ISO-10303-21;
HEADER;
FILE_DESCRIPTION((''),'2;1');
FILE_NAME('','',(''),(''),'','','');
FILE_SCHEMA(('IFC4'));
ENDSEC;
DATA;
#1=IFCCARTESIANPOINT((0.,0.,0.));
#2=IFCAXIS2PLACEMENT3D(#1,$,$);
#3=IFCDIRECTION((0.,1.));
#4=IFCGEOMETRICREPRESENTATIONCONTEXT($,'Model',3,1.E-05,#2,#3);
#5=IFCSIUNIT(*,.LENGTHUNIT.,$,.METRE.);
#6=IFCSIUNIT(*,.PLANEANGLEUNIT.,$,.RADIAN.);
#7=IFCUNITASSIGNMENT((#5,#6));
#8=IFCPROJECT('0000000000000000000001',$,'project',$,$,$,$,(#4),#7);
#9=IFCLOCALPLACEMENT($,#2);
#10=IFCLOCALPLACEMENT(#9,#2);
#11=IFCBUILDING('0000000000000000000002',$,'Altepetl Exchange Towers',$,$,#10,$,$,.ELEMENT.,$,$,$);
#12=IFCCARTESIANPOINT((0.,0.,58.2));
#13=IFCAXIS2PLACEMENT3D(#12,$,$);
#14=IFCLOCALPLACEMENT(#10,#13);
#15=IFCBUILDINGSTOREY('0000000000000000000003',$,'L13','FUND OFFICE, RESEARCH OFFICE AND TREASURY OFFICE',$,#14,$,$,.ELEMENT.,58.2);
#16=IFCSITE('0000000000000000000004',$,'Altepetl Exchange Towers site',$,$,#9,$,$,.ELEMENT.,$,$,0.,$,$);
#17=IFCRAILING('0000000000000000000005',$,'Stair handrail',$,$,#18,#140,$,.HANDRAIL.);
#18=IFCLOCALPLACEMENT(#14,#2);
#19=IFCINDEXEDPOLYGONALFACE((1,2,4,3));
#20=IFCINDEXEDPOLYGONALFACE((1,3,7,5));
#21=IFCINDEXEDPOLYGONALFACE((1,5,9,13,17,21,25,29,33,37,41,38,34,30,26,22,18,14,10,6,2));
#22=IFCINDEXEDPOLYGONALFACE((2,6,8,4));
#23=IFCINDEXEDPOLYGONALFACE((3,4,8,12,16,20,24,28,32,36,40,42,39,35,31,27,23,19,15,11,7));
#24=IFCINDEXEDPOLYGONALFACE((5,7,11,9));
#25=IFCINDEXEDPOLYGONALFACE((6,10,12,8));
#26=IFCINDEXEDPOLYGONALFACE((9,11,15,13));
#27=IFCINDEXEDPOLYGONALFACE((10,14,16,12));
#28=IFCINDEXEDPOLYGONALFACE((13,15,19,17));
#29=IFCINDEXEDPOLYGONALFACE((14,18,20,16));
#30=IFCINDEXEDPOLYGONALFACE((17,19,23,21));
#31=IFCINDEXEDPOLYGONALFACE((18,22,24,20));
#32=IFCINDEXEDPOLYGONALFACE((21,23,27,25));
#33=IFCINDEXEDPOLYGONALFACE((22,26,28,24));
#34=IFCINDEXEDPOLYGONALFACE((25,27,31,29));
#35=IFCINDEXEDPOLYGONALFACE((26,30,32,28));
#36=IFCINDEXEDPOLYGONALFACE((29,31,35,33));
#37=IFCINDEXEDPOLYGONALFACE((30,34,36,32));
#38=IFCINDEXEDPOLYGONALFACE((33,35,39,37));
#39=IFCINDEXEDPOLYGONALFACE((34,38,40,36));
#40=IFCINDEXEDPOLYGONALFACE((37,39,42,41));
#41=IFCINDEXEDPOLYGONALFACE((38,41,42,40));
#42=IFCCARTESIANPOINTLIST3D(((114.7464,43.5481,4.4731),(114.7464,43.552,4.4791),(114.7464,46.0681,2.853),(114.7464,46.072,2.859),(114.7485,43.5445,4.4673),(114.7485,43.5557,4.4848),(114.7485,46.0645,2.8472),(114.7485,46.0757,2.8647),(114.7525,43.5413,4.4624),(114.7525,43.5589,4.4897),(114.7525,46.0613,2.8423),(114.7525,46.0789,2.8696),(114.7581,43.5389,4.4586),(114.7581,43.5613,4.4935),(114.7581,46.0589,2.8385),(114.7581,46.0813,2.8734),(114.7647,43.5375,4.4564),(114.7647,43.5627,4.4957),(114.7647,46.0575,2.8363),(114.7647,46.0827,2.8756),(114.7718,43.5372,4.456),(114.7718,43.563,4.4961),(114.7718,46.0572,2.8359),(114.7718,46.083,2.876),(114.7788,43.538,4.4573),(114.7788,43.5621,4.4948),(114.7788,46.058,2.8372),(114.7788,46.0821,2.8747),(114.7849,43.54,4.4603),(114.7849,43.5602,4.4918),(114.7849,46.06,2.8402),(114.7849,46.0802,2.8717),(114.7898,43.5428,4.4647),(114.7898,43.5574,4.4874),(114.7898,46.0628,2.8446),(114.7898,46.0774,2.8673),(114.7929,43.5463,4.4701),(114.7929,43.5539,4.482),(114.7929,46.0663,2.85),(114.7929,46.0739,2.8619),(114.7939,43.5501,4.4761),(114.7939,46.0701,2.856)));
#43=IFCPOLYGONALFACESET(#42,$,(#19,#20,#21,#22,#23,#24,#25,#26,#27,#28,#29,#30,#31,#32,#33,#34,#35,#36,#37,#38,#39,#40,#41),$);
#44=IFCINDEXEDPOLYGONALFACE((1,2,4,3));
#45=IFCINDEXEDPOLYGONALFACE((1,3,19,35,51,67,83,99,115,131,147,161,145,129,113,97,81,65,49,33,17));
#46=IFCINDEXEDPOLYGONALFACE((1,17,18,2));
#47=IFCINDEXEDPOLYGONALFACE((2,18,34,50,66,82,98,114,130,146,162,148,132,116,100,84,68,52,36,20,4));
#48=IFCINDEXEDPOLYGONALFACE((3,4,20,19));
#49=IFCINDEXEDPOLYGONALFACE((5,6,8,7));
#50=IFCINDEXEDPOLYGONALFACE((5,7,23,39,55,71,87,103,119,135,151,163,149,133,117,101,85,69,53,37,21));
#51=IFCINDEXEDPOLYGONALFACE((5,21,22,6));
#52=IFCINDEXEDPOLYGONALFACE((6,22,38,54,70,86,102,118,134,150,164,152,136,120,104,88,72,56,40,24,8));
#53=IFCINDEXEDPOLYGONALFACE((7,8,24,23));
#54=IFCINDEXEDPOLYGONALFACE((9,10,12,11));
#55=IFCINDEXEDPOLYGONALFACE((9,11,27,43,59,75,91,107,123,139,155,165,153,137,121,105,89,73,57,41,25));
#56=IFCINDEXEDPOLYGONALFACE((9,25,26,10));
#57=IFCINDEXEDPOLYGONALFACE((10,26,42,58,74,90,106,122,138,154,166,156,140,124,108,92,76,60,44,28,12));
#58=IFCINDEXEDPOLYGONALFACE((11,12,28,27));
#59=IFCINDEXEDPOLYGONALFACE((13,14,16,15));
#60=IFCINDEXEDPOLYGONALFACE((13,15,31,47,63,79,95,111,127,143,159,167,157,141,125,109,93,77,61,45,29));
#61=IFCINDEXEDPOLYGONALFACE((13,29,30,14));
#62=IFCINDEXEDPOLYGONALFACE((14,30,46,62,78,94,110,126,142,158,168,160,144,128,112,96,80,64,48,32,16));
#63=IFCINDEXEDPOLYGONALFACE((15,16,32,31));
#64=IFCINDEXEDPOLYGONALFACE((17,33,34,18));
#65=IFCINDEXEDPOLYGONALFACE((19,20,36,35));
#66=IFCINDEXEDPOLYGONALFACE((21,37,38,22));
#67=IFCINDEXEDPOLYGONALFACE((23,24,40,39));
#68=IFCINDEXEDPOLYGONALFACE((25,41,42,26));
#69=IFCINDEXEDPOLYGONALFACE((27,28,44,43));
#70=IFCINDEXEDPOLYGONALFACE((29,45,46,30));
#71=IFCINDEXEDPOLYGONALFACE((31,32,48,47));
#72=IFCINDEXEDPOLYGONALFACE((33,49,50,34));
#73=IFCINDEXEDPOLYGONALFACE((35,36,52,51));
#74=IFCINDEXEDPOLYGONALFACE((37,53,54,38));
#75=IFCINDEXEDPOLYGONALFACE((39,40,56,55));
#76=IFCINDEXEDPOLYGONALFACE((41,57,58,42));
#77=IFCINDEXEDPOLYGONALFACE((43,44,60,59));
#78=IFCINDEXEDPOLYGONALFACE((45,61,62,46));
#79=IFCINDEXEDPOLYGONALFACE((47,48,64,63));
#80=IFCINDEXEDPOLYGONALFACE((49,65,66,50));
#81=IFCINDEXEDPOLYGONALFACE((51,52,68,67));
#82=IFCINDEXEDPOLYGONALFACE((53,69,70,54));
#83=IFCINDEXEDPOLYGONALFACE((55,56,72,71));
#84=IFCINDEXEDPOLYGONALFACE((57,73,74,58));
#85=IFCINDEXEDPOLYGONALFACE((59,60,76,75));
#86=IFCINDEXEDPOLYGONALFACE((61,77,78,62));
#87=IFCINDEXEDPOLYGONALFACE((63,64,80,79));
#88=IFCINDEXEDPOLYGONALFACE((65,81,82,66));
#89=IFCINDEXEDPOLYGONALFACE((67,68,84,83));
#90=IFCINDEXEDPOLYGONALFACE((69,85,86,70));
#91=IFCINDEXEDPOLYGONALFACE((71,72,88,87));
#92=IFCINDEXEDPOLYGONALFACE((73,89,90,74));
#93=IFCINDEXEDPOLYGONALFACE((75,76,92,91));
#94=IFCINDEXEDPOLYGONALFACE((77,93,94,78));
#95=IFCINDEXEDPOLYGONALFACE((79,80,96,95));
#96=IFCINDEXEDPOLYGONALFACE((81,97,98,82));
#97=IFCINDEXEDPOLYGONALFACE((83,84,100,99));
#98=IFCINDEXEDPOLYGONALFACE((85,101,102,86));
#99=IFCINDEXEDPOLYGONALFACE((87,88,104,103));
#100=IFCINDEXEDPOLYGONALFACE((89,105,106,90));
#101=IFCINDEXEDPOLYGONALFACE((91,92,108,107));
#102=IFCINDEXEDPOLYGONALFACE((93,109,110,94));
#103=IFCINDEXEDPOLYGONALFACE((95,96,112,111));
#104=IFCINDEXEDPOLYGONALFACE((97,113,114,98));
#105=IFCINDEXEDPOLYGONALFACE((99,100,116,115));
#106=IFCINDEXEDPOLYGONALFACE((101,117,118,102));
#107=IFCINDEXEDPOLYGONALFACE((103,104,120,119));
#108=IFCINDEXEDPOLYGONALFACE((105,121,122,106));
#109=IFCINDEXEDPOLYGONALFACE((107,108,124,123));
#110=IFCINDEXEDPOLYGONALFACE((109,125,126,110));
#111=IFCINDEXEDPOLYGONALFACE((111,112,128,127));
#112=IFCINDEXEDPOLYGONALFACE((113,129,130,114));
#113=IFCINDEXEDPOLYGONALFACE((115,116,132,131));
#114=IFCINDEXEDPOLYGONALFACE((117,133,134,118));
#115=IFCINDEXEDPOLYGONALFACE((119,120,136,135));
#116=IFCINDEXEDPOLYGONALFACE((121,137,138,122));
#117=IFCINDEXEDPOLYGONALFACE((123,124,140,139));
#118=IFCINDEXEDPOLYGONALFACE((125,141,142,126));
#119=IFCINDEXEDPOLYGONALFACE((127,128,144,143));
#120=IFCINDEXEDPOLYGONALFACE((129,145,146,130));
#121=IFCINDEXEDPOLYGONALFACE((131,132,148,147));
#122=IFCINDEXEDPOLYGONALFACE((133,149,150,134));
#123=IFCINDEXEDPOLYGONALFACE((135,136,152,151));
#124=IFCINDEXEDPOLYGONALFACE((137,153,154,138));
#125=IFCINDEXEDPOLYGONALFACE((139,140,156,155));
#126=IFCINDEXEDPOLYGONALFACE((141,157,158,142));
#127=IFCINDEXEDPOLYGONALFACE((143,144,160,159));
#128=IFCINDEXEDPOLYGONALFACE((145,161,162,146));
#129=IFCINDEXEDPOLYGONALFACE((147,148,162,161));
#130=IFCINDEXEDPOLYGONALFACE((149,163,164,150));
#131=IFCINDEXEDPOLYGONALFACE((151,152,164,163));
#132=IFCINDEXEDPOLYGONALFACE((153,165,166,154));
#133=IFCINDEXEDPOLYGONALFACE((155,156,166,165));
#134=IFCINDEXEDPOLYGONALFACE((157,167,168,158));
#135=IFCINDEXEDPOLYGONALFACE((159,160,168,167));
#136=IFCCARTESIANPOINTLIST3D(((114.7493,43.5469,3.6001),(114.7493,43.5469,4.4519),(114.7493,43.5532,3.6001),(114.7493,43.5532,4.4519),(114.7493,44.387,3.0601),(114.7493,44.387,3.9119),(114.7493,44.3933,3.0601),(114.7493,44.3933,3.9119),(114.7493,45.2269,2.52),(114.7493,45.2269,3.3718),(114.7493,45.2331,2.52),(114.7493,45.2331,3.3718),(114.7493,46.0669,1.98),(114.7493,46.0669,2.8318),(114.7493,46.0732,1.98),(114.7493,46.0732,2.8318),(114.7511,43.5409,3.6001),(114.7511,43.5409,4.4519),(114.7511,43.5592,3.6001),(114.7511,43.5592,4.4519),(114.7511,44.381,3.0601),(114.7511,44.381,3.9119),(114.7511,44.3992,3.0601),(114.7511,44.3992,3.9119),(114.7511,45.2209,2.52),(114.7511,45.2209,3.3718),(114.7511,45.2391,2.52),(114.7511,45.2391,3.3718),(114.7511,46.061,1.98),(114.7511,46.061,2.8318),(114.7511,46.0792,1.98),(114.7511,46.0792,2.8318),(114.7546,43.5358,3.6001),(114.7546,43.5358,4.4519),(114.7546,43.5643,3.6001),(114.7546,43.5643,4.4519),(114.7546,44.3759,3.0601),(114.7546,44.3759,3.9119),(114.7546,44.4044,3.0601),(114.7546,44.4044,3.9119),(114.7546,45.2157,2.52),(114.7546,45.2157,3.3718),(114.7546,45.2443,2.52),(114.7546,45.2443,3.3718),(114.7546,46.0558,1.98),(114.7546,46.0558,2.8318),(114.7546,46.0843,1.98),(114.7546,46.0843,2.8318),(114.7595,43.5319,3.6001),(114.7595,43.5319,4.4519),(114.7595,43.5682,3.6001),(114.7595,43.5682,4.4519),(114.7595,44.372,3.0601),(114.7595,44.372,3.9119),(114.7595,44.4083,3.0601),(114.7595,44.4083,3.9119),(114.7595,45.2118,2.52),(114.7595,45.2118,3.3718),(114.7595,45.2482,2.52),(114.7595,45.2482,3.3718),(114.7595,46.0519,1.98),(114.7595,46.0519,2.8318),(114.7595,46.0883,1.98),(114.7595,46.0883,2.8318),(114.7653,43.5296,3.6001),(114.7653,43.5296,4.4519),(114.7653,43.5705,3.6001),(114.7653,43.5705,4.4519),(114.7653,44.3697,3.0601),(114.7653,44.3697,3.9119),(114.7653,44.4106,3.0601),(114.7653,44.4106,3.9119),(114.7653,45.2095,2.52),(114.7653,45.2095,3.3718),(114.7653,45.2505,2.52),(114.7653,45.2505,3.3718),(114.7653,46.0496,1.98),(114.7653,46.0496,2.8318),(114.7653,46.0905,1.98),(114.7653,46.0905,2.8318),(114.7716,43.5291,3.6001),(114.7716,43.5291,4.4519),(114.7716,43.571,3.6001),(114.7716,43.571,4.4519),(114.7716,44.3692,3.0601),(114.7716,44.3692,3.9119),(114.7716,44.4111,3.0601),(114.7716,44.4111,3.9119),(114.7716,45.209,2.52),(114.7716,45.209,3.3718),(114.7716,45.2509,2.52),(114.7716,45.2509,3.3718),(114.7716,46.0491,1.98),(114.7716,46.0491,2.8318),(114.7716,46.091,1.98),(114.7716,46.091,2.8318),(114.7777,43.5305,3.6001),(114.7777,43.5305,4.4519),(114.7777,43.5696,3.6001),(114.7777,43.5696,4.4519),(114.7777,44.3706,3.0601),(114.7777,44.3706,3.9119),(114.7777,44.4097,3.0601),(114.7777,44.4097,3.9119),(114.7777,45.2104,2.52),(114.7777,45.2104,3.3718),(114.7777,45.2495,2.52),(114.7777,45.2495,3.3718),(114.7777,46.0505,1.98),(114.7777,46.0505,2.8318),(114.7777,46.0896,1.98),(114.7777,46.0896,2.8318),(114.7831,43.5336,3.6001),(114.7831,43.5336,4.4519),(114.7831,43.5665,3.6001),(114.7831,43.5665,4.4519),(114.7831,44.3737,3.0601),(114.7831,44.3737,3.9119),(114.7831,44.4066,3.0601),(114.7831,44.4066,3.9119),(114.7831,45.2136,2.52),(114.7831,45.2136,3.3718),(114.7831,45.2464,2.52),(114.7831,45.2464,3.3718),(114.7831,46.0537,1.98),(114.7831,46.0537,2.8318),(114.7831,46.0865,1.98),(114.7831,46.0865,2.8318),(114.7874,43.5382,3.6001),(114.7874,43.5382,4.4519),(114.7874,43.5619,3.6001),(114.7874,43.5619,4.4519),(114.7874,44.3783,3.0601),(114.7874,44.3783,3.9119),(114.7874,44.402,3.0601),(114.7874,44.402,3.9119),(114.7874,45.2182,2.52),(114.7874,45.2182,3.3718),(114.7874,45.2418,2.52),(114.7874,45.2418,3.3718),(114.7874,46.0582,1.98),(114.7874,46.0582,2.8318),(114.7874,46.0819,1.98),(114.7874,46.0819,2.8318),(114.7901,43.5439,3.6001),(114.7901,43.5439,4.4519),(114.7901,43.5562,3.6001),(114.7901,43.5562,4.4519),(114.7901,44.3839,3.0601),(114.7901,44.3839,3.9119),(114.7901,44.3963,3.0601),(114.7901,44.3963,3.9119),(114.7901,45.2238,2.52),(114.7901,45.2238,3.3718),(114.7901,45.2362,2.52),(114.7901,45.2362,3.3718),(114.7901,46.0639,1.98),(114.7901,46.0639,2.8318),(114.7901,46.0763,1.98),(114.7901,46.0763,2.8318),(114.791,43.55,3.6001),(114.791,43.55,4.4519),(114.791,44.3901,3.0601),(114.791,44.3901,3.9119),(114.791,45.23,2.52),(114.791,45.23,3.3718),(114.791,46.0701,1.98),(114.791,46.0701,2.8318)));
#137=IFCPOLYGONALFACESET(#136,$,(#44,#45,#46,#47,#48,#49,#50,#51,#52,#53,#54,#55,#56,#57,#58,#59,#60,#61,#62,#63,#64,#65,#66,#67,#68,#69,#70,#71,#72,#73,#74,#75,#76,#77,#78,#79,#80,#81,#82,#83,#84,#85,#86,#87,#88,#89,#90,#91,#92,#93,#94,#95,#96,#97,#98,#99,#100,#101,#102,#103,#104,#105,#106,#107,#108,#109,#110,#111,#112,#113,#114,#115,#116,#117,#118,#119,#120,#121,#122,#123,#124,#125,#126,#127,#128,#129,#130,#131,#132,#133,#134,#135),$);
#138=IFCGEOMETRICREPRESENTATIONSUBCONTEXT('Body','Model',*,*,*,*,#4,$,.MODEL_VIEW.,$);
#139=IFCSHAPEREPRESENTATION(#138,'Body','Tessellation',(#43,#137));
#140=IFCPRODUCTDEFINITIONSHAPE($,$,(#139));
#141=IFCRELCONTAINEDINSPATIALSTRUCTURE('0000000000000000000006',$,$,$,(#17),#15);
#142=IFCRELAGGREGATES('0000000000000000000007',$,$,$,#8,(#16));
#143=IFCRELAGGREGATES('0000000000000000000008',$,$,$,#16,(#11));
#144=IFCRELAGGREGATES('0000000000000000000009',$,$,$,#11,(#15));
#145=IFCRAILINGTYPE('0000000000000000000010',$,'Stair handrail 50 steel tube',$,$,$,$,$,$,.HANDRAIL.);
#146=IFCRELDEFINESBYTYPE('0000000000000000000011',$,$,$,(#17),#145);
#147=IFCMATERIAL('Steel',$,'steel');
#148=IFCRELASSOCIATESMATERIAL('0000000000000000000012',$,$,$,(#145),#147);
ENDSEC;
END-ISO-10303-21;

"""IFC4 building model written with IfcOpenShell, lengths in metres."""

from ifc_helpers import new_model, si_unit, direction, frame, origin, origin_2d, place, context, subcontext, project, spatial, circle, extrude, source, transform, mapped, material, type_object, element, save


model = new_model("IFC4")

# Units and contexts
model_context = context("Model", 3, precision=1e-05, world=origin(), true_north=direction((0.0, 1.0)))
body_context = subcontext(model_context, "Body", "Model", "MODEL_VIEW")
ifc_project = project(units=[si_unit("LENGTHUNIT", "METRE"), si_unit("PLANEANGLEUNIT", "RADIAN")], contexts=[model_context])

# Site, building, storey
site_placement = place(None, origin())
site = spatial("IfcSite", under=ifc_project, at=site_placement, Name="Altepetl Exchange Towers site", CompositionType="ELEMENT", RefElevation=0.0)
building_placement = place(site_placement, origin())
building = spatial("IfcBuilding", under=site, at=building_placement, Name="Altepetl Exchange Towers", CompositionType="ELEMENT")
storey_placement = place(building_placement, frame((0.0, 0.0, 58.2)))
storey = spatial("IfcBuildingStorey", under=building, at=storey_placement, Name="L13", Description="FUND OFFICE, RESEARCH OFFICE AND TREASURY OFFICE", CompositionType="ELEMENT", Elevation=58.2)

# Railing
ifc_material_1 = material(Name="Steel", Category="steel")
railing_type = type_object("IfcRailingType", Name="Stair handrail 50 steel tube", PredefinedType="HANDRAIL", material=ifc_material_1)
shared_shape = source(origin(), body_context, "Body", "SweptSolid", [
    extrude(circle(Radius=0.021, at=origin_2d()), origin(), (0.0, 0.0, 1.0), 0.8518),
])
railing_1_placement = place(storey_placement, frame((114.77, 46.0701, 1.98)))
element("IfcRailing", 1, at=railing_1_placement, inside=storey, type_object=railing_type, Name="Stair handrail", PredefinedType="HANDRAIL", context=body_context, shape_type="SweptSolid", body=[
    extrude(circle(Radius=0.0239, at=origin_2d()), frame((0.0, 0.0, 0.876), z_axis=(0.0, -0.841163, 0.540782), x_axis=(1.0, 0.0, 0.0)), (0.0, 0.0, 1.0), 2.9958),
    mapped(shared_shape, transform((0.0, 0.0, 0.0))),
    mapped(shared_shape, transform((0.0, -0.8401, 0.54))),
    mapped(shared_shape, transform((0.0, -1.6799, 1.0801))),
    mapped(shared_shape, transform((0.0, -2.52, 1.6201))),
])

save(model, "model.ifc")
